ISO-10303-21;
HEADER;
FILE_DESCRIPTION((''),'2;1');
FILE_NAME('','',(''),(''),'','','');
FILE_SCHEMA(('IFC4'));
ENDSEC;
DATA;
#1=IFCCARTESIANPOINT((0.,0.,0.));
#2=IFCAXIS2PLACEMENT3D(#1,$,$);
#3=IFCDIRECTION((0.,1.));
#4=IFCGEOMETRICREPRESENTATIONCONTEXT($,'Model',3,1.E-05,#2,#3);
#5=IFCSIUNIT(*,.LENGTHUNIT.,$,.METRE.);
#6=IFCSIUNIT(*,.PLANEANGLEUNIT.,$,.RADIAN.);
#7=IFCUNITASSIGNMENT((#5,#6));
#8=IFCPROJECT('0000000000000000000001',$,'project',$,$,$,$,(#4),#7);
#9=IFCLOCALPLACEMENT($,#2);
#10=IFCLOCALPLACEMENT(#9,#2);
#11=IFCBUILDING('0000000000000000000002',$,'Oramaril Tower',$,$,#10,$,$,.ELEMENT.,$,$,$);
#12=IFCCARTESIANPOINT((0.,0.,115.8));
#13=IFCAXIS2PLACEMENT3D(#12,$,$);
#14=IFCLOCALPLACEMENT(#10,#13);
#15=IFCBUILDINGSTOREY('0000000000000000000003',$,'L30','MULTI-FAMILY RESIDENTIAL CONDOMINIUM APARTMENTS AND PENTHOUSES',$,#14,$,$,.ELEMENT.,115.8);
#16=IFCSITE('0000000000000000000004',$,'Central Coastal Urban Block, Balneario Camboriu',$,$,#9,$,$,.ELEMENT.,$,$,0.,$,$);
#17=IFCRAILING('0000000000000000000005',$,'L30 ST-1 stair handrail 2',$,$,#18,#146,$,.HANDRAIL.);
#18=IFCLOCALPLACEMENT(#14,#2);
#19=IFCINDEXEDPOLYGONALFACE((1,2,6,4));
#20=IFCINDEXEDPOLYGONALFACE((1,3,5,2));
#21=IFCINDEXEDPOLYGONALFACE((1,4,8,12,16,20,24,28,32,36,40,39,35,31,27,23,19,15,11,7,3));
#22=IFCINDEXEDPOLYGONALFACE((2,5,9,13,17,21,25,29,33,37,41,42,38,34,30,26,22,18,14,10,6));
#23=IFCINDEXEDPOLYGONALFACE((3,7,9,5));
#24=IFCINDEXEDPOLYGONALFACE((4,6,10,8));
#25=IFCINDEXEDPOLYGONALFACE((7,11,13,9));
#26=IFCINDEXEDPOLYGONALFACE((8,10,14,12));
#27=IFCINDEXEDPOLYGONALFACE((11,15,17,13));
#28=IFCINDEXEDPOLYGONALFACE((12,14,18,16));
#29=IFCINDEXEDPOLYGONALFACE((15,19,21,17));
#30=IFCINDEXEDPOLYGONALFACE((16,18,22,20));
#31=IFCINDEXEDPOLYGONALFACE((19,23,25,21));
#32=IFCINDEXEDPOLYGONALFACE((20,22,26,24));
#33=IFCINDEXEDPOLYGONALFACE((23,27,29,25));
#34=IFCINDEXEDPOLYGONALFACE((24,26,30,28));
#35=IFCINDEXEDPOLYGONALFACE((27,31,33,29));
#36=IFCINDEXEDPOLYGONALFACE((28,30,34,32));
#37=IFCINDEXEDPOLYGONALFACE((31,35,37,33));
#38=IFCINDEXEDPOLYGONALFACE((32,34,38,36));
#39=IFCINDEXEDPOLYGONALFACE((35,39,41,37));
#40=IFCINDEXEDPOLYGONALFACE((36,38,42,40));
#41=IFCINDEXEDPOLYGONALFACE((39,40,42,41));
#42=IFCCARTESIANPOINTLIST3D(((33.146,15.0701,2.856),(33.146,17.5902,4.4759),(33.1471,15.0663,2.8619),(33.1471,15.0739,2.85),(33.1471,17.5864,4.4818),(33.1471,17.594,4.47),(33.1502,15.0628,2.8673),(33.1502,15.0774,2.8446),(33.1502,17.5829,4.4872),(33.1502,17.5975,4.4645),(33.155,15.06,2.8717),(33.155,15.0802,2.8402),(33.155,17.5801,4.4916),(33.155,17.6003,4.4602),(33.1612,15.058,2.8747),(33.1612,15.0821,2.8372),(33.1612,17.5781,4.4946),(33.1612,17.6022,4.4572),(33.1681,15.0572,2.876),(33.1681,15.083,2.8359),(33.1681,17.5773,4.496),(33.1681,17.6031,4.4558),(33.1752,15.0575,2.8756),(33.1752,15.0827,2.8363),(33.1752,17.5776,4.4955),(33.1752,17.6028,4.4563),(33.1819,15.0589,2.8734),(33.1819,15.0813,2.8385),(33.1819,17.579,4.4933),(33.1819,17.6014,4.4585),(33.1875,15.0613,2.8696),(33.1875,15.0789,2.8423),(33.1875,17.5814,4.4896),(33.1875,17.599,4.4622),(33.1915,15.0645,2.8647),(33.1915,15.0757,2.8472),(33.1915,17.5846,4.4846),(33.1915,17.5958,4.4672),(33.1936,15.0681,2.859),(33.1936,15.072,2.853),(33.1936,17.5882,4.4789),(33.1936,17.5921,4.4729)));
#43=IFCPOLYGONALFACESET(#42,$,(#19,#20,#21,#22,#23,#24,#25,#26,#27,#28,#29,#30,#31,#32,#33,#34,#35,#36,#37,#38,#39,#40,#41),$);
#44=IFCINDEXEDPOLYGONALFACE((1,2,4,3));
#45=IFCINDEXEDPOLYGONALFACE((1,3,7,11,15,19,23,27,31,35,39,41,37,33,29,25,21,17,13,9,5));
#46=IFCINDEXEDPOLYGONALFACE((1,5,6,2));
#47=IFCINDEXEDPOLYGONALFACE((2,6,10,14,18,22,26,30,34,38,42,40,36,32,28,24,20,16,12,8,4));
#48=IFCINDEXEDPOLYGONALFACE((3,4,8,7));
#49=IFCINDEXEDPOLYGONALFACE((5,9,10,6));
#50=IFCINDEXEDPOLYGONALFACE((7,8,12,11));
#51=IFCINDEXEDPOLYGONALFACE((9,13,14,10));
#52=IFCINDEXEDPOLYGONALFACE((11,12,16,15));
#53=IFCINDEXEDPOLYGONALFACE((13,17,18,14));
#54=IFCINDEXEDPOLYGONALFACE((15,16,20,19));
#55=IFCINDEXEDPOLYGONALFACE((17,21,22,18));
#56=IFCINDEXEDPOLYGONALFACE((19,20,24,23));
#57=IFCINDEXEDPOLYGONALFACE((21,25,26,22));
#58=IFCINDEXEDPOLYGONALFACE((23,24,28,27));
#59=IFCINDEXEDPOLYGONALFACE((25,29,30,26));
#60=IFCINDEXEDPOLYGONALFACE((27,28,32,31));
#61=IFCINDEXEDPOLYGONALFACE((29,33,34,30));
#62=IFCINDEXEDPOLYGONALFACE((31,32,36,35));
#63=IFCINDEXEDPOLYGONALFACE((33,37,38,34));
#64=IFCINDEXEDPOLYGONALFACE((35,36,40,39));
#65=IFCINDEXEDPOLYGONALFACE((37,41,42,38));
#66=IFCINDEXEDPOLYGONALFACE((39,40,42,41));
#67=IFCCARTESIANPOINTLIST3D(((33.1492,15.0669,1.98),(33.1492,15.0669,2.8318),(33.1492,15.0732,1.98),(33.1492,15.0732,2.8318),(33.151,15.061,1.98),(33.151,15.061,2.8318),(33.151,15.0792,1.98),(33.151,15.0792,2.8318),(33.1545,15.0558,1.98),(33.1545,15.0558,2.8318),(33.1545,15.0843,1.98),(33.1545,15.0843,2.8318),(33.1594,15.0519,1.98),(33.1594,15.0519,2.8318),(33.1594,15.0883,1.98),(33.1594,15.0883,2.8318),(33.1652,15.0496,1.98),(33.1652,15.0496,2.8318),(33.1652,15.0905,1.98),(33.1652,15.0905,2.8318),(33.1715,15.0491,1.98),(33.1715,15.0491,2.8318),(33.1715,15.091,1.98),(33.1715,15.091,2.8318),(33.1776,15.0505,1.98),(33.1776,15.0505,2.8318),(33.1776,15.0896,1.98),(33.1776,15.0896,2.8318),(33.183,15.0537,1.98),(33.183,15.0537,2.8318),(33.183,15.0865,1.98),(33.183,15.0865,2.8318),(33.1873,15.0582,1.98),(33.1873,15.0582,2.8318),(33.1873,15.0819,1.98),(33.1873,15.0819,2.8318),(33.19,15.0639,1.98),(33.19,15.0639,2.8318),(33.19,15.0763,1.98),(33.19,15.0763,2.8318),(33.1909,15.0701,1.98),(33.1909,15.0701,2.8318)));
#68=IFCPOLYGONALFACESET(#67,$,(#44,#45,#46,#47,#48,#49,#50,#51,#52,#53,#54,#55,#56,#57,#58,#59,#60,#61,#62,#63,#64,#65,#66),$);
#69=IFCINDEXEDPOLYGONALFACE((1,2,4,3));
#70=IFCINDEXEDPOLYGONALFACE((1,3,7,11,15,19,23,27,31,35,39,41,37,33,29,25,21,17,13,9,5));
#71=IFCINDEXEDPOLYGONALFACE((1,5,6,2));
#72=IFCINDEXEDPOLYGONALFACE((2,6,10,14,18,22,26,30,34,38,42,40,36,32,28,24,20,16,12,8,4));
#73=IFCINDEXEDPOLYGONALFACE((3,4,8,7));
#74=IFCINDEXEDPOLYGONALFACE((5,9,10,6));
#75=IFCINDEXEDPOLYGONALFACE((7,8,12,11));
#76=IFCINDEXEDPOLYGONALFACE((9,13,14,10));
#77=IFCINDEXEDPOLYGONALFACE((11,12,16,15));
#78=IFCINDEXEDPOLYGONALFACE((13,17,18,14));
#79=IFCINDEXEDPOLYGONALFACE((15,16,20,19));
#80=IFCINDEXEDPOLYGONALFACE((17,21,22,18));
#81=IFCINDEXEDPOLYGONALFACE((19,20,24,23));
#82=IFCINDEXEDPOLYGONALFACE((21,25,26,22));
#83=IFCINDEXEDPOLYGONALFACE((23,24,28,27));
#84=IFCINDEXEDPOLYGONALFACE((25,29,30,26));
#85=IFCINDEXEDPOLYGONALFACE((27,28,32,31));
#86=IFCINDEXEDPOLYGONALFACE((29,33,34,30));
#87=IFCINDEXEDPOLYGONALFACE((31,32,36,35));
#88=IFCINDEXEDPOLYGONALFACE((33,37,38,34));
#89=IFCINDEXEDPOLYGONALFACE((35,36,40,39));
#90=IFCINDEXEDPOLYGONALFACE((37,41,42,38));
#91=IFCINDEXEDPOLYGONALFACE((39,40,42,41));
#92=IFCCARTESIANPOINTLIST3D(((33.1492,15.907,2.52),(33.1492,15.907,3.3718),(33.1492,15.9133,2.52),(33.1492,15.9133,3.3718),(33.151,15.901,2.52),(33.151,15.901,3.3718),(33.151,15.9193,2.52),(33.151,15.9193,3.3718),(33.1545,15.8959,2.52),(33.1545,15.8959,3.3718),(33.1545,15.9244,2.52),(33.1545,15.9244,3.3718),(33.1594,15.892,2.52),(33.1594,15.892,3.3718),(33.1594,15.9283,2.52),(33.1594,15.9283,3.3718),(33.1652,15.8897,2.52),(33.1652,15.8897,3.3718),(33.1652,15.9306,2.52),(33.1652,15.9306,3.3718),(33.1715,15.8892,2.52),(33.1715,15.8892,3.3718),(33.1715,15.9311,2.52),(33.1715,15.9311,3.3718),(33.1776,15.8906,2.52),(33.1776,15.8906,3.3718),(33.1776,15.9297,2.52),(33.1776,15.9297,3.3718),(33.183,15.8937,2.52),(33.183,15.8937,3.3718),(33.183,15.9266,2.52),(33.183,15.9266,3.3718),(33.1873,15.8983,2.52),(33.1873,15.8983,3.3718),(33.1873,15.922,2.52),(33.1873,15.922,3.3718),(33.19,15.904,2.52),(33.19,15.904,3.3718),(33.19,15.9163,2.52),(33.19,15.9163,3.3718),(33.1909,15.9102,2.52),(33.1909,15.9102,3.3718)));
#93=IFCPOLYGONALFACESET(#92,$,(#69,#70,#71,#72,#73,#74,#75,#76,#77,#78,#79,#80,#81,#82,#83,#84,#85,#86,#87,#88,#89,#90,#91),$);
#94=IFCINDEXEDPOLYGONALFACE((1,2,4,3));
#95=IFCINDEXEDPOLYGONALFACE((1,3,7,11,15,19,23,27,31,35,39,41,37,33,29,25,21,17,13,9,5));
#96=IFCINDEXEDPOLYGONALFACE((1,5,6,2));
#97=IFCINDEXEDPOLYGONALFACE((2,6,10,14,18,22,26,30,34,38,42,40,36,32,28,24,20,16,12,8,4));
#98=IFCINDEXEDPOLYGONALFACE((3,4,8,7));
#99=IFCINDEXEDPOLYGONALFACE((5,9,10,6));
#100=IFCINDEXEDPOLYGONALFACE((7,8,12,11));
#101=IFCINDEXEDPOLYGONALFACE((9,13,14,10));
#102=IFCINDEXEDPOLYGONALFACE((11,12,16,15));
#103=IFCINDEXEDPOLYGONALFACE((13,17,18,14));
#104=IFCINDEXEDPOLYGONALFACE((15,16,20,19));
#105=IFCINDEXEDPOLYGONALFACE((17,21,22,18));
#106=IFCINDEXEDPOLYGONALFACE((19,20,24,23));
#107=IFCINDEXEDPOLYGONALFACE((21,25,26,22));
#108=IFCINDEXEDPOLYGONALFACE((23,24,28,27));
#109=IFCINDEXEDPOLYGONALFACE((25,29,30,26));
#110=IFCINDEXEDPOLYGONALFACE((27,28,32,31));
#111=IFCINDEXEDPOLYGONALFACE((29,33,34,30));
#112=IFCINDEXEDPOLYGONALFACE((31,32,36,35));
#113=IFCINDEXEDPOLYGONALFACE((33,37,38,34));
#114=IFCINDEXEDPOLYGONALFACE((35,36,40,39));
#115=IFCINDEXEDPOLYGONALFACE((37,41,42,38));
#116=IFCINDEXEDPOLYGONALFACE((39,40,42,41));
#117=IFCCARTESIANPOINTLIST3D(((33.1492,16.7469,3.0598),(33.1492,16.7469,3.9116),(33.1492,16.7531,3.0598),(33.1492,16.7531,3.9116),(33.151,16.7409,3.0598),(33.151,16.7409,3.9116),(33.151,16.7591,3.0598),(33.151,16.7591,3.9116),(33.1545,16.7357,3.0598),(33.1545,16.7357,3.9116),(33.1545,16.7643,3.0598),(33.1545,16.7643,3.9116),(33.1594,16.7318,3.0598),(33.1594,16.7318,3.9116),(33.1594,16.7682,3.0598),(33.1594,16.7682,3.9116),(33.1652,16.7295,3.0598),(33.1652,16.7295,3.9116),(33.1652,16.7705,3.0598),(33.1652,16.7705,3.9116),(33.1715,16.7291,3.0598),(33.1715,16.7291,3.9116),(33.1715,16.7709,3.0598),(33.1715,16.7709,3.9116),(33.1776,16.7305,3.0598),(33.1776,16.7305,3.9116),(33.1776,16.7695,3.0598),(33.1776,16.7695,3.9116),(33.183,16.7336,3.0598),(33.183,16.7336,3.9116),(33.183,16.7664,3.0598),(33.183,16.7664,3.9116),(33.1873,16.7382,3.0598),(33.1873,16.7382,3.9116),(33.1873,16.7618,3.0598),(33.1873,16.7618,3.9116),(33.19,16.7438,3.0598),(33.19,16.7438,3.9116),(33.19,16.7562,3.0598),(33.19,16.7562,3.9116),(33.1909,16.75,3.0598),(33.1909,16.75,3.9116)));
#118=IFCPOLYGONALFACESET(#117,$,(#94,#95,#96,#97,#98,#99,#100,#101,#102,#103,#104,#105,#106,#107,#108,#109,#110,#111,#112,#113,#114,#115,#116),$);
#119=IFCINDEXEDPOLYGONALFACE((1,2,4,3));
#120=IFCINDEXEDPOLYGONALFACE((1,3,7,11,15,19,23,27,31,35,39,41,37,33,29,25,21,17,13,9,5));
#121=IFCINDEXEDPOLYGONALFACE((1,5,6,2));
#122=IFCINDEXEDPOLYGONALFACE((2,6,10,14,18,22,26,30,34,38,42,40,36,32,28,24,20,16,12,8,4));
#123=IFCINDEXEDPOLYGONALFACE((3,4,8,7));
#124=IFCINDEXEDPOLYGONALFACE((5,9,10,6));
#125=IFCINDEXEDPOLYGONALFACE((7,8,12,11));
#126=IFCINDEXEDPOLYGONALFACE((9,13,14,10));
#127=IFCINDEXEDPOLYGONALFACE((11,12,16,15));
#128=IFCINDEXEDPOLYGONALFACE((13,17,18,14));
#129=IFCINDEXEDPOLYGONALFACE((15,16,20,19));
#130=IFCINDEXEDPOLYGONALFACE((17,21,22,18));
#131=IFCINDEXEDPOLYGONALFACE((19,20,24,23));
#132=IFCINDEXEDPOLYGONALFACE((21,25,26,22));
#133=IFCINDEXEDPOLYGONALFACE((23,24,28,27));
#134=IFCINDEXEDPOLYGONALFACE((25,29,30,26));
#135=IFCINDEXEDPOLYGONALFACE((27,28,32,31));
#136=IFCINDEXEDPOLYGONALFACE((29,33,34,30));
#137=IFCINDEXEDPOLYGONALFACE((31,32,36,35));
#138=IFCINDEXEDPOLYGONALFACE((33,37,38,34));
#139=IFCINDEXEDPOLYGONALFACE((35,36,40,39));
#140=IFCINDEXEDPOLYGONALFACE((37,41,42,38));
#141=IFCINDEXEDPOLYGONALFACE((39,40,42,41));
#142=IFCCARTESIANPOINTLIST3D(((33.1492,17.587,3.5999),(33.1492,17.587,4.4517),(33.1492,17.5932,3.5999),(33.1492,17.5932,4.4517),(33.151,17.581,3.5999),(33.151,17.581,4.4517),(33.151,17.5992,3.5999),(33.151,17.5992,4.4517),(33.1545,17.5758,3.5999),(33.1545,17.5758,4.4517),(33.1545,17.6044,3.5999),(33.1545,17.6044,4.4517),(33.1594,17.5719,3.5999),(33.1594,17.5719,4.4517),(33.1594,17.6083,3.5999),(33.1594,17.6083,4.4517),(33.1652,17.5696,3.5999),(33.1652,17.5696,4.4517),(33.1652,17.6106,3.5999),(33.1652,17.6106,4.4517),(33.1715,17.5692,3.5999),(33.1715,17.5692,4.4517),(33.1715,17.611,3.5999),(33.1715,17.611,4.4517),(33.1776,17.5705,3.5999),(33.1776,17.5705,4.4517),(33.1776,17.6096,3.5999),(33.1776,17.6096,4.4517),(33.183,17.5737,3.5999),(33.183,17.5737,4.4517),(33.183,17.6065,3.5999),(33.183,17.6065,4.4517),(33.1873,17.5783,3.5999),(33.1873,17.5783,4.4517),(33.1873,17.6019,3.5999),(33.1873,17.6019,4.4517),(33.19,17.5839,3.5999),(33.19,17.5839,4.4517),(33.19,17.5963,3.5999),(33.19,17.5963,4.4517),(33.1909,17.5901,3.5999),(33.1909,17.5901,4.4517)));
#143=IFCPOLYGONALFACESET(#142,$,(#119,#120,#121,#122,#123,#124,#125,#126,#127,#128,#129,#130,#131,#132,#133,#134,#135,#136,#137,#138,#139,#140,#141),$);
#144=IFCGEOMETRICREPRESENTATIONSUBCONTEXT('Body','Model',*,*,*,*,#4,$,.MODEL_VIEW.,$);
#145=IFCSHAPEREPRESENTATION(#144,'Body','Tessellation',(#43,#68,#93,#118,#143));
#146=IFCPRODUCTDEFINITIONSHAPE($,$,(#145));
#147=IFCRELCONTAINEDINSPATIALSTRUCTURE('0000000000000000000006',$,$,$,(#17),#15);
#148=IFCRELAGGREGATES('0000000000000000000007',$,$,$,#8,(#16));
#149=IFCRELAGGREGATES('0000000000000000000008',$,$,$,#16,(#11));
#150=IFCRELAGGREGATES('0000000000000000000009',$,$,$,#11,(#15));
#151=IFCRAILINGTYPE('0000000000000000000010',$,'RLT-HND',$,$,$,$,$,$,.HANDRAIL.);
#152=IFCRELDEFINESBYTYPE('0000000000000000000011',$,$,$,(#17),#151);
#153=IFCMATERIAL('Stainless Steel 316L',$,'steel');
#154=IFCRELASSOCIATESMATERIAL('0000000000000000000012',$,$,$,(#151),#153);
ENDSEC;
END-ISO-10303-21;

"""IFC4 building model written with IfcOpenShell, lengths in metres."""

from ifc_helpers import new_model, si_unit, direction, frame, origin, origin_2d, place, context, subcontext, project, spatial, circle, extrude, material, type_object, element, save


model = new_model("IFC4")

# Units and contexts
model_context = context("Model", 3, precision=1e-05, world=origin(), true_north=direction((0.0, 1.0)))
body_context = subcontext(model_context, "Body", "Model", "MODEL_VIEW")
ifc_project = project(units=[si_unit("LENGTHUNIT", "METRE"), si_unit("PLANEANGLEUNIT", "RADIAN")], contexts=[model_context])

# Site, building, storey
site_placement = place(None, origin())
site = spatial("IfcSite", under=ifc_project, at=site_placement, Name="Central Coastal Urban Block, Balneario Camboriu", CompositionType="ELEMENT", RefElevation=0.0)
building_placement = place(site_placement, origin())
building = spatial("IfcBuilding", under=site, at=building_placement, Name="Oramaril Tower", CompositionType="ELEMENT")
storey_placement = place(building_placement, frame((0.0, 0.0, 115.8)))
storey = spatial("IfcBuildingStorey", under=building, at=storey_placement, Name="L30", Description="MULTI-FAMILY RESIDENTIAL CONDOMINIUM APARTMENTS AND PENTHOUSES", CompositionType="ELEMENT", Elevation=115.8)

# Railing
ifc_material_1 = material(Name="Stainless Steel 316L", Category="steel")
railing_type_1 = type_object("IfcRailingType", Name="RLT-HND", PredefinedType="HANDRAIL", material=ifc_material_1)
railing_1_placement = place(storey_placement, frame((33.1699, 15.0701, 1.98)))
element("IfcRailing", 1, at=railing_1_placement, inside=storey, type_object=railing_type_1, Name="L30 ST-1 stair handrail 2", PredefinedType="HANDRAIL", context=body_context, shape_type="SweptSolid", body=[
    extrude(circle(Radius=0.0239, at=origin_2d()), frame((0.0, 0.0, 0.876), z_axis=(0.0, 0.8412, 0.540725), x_axis=(-1.0, 0.0, 0.0)), (0.0, 0.0, 1.0), 2.9958),
    extrude(circle(Radius=0.021, at=origin_2d()), origin(), (0.0, 0.0, 1.0), 0.8518),
    extrude(circle(Radius=0.021, at=origin_2d()), frame((0.0, 0.8401, 0.54)), (0.0, 0.0, 1.0), 0.8518),
    extrude(circle(Radius=0.021, at=origin_2d()), frame((0.0, 1.6799, 1.0798)), (0.0, 0.0, 1.0), 0.8518),
    extrude(circle(Radius=0.021, at=origin_2d()), frame((0.0, 2.52, 1.6199)), (0.0, 0.0, 1.0), 0.8518),
])

save(model, "model.ifc")
